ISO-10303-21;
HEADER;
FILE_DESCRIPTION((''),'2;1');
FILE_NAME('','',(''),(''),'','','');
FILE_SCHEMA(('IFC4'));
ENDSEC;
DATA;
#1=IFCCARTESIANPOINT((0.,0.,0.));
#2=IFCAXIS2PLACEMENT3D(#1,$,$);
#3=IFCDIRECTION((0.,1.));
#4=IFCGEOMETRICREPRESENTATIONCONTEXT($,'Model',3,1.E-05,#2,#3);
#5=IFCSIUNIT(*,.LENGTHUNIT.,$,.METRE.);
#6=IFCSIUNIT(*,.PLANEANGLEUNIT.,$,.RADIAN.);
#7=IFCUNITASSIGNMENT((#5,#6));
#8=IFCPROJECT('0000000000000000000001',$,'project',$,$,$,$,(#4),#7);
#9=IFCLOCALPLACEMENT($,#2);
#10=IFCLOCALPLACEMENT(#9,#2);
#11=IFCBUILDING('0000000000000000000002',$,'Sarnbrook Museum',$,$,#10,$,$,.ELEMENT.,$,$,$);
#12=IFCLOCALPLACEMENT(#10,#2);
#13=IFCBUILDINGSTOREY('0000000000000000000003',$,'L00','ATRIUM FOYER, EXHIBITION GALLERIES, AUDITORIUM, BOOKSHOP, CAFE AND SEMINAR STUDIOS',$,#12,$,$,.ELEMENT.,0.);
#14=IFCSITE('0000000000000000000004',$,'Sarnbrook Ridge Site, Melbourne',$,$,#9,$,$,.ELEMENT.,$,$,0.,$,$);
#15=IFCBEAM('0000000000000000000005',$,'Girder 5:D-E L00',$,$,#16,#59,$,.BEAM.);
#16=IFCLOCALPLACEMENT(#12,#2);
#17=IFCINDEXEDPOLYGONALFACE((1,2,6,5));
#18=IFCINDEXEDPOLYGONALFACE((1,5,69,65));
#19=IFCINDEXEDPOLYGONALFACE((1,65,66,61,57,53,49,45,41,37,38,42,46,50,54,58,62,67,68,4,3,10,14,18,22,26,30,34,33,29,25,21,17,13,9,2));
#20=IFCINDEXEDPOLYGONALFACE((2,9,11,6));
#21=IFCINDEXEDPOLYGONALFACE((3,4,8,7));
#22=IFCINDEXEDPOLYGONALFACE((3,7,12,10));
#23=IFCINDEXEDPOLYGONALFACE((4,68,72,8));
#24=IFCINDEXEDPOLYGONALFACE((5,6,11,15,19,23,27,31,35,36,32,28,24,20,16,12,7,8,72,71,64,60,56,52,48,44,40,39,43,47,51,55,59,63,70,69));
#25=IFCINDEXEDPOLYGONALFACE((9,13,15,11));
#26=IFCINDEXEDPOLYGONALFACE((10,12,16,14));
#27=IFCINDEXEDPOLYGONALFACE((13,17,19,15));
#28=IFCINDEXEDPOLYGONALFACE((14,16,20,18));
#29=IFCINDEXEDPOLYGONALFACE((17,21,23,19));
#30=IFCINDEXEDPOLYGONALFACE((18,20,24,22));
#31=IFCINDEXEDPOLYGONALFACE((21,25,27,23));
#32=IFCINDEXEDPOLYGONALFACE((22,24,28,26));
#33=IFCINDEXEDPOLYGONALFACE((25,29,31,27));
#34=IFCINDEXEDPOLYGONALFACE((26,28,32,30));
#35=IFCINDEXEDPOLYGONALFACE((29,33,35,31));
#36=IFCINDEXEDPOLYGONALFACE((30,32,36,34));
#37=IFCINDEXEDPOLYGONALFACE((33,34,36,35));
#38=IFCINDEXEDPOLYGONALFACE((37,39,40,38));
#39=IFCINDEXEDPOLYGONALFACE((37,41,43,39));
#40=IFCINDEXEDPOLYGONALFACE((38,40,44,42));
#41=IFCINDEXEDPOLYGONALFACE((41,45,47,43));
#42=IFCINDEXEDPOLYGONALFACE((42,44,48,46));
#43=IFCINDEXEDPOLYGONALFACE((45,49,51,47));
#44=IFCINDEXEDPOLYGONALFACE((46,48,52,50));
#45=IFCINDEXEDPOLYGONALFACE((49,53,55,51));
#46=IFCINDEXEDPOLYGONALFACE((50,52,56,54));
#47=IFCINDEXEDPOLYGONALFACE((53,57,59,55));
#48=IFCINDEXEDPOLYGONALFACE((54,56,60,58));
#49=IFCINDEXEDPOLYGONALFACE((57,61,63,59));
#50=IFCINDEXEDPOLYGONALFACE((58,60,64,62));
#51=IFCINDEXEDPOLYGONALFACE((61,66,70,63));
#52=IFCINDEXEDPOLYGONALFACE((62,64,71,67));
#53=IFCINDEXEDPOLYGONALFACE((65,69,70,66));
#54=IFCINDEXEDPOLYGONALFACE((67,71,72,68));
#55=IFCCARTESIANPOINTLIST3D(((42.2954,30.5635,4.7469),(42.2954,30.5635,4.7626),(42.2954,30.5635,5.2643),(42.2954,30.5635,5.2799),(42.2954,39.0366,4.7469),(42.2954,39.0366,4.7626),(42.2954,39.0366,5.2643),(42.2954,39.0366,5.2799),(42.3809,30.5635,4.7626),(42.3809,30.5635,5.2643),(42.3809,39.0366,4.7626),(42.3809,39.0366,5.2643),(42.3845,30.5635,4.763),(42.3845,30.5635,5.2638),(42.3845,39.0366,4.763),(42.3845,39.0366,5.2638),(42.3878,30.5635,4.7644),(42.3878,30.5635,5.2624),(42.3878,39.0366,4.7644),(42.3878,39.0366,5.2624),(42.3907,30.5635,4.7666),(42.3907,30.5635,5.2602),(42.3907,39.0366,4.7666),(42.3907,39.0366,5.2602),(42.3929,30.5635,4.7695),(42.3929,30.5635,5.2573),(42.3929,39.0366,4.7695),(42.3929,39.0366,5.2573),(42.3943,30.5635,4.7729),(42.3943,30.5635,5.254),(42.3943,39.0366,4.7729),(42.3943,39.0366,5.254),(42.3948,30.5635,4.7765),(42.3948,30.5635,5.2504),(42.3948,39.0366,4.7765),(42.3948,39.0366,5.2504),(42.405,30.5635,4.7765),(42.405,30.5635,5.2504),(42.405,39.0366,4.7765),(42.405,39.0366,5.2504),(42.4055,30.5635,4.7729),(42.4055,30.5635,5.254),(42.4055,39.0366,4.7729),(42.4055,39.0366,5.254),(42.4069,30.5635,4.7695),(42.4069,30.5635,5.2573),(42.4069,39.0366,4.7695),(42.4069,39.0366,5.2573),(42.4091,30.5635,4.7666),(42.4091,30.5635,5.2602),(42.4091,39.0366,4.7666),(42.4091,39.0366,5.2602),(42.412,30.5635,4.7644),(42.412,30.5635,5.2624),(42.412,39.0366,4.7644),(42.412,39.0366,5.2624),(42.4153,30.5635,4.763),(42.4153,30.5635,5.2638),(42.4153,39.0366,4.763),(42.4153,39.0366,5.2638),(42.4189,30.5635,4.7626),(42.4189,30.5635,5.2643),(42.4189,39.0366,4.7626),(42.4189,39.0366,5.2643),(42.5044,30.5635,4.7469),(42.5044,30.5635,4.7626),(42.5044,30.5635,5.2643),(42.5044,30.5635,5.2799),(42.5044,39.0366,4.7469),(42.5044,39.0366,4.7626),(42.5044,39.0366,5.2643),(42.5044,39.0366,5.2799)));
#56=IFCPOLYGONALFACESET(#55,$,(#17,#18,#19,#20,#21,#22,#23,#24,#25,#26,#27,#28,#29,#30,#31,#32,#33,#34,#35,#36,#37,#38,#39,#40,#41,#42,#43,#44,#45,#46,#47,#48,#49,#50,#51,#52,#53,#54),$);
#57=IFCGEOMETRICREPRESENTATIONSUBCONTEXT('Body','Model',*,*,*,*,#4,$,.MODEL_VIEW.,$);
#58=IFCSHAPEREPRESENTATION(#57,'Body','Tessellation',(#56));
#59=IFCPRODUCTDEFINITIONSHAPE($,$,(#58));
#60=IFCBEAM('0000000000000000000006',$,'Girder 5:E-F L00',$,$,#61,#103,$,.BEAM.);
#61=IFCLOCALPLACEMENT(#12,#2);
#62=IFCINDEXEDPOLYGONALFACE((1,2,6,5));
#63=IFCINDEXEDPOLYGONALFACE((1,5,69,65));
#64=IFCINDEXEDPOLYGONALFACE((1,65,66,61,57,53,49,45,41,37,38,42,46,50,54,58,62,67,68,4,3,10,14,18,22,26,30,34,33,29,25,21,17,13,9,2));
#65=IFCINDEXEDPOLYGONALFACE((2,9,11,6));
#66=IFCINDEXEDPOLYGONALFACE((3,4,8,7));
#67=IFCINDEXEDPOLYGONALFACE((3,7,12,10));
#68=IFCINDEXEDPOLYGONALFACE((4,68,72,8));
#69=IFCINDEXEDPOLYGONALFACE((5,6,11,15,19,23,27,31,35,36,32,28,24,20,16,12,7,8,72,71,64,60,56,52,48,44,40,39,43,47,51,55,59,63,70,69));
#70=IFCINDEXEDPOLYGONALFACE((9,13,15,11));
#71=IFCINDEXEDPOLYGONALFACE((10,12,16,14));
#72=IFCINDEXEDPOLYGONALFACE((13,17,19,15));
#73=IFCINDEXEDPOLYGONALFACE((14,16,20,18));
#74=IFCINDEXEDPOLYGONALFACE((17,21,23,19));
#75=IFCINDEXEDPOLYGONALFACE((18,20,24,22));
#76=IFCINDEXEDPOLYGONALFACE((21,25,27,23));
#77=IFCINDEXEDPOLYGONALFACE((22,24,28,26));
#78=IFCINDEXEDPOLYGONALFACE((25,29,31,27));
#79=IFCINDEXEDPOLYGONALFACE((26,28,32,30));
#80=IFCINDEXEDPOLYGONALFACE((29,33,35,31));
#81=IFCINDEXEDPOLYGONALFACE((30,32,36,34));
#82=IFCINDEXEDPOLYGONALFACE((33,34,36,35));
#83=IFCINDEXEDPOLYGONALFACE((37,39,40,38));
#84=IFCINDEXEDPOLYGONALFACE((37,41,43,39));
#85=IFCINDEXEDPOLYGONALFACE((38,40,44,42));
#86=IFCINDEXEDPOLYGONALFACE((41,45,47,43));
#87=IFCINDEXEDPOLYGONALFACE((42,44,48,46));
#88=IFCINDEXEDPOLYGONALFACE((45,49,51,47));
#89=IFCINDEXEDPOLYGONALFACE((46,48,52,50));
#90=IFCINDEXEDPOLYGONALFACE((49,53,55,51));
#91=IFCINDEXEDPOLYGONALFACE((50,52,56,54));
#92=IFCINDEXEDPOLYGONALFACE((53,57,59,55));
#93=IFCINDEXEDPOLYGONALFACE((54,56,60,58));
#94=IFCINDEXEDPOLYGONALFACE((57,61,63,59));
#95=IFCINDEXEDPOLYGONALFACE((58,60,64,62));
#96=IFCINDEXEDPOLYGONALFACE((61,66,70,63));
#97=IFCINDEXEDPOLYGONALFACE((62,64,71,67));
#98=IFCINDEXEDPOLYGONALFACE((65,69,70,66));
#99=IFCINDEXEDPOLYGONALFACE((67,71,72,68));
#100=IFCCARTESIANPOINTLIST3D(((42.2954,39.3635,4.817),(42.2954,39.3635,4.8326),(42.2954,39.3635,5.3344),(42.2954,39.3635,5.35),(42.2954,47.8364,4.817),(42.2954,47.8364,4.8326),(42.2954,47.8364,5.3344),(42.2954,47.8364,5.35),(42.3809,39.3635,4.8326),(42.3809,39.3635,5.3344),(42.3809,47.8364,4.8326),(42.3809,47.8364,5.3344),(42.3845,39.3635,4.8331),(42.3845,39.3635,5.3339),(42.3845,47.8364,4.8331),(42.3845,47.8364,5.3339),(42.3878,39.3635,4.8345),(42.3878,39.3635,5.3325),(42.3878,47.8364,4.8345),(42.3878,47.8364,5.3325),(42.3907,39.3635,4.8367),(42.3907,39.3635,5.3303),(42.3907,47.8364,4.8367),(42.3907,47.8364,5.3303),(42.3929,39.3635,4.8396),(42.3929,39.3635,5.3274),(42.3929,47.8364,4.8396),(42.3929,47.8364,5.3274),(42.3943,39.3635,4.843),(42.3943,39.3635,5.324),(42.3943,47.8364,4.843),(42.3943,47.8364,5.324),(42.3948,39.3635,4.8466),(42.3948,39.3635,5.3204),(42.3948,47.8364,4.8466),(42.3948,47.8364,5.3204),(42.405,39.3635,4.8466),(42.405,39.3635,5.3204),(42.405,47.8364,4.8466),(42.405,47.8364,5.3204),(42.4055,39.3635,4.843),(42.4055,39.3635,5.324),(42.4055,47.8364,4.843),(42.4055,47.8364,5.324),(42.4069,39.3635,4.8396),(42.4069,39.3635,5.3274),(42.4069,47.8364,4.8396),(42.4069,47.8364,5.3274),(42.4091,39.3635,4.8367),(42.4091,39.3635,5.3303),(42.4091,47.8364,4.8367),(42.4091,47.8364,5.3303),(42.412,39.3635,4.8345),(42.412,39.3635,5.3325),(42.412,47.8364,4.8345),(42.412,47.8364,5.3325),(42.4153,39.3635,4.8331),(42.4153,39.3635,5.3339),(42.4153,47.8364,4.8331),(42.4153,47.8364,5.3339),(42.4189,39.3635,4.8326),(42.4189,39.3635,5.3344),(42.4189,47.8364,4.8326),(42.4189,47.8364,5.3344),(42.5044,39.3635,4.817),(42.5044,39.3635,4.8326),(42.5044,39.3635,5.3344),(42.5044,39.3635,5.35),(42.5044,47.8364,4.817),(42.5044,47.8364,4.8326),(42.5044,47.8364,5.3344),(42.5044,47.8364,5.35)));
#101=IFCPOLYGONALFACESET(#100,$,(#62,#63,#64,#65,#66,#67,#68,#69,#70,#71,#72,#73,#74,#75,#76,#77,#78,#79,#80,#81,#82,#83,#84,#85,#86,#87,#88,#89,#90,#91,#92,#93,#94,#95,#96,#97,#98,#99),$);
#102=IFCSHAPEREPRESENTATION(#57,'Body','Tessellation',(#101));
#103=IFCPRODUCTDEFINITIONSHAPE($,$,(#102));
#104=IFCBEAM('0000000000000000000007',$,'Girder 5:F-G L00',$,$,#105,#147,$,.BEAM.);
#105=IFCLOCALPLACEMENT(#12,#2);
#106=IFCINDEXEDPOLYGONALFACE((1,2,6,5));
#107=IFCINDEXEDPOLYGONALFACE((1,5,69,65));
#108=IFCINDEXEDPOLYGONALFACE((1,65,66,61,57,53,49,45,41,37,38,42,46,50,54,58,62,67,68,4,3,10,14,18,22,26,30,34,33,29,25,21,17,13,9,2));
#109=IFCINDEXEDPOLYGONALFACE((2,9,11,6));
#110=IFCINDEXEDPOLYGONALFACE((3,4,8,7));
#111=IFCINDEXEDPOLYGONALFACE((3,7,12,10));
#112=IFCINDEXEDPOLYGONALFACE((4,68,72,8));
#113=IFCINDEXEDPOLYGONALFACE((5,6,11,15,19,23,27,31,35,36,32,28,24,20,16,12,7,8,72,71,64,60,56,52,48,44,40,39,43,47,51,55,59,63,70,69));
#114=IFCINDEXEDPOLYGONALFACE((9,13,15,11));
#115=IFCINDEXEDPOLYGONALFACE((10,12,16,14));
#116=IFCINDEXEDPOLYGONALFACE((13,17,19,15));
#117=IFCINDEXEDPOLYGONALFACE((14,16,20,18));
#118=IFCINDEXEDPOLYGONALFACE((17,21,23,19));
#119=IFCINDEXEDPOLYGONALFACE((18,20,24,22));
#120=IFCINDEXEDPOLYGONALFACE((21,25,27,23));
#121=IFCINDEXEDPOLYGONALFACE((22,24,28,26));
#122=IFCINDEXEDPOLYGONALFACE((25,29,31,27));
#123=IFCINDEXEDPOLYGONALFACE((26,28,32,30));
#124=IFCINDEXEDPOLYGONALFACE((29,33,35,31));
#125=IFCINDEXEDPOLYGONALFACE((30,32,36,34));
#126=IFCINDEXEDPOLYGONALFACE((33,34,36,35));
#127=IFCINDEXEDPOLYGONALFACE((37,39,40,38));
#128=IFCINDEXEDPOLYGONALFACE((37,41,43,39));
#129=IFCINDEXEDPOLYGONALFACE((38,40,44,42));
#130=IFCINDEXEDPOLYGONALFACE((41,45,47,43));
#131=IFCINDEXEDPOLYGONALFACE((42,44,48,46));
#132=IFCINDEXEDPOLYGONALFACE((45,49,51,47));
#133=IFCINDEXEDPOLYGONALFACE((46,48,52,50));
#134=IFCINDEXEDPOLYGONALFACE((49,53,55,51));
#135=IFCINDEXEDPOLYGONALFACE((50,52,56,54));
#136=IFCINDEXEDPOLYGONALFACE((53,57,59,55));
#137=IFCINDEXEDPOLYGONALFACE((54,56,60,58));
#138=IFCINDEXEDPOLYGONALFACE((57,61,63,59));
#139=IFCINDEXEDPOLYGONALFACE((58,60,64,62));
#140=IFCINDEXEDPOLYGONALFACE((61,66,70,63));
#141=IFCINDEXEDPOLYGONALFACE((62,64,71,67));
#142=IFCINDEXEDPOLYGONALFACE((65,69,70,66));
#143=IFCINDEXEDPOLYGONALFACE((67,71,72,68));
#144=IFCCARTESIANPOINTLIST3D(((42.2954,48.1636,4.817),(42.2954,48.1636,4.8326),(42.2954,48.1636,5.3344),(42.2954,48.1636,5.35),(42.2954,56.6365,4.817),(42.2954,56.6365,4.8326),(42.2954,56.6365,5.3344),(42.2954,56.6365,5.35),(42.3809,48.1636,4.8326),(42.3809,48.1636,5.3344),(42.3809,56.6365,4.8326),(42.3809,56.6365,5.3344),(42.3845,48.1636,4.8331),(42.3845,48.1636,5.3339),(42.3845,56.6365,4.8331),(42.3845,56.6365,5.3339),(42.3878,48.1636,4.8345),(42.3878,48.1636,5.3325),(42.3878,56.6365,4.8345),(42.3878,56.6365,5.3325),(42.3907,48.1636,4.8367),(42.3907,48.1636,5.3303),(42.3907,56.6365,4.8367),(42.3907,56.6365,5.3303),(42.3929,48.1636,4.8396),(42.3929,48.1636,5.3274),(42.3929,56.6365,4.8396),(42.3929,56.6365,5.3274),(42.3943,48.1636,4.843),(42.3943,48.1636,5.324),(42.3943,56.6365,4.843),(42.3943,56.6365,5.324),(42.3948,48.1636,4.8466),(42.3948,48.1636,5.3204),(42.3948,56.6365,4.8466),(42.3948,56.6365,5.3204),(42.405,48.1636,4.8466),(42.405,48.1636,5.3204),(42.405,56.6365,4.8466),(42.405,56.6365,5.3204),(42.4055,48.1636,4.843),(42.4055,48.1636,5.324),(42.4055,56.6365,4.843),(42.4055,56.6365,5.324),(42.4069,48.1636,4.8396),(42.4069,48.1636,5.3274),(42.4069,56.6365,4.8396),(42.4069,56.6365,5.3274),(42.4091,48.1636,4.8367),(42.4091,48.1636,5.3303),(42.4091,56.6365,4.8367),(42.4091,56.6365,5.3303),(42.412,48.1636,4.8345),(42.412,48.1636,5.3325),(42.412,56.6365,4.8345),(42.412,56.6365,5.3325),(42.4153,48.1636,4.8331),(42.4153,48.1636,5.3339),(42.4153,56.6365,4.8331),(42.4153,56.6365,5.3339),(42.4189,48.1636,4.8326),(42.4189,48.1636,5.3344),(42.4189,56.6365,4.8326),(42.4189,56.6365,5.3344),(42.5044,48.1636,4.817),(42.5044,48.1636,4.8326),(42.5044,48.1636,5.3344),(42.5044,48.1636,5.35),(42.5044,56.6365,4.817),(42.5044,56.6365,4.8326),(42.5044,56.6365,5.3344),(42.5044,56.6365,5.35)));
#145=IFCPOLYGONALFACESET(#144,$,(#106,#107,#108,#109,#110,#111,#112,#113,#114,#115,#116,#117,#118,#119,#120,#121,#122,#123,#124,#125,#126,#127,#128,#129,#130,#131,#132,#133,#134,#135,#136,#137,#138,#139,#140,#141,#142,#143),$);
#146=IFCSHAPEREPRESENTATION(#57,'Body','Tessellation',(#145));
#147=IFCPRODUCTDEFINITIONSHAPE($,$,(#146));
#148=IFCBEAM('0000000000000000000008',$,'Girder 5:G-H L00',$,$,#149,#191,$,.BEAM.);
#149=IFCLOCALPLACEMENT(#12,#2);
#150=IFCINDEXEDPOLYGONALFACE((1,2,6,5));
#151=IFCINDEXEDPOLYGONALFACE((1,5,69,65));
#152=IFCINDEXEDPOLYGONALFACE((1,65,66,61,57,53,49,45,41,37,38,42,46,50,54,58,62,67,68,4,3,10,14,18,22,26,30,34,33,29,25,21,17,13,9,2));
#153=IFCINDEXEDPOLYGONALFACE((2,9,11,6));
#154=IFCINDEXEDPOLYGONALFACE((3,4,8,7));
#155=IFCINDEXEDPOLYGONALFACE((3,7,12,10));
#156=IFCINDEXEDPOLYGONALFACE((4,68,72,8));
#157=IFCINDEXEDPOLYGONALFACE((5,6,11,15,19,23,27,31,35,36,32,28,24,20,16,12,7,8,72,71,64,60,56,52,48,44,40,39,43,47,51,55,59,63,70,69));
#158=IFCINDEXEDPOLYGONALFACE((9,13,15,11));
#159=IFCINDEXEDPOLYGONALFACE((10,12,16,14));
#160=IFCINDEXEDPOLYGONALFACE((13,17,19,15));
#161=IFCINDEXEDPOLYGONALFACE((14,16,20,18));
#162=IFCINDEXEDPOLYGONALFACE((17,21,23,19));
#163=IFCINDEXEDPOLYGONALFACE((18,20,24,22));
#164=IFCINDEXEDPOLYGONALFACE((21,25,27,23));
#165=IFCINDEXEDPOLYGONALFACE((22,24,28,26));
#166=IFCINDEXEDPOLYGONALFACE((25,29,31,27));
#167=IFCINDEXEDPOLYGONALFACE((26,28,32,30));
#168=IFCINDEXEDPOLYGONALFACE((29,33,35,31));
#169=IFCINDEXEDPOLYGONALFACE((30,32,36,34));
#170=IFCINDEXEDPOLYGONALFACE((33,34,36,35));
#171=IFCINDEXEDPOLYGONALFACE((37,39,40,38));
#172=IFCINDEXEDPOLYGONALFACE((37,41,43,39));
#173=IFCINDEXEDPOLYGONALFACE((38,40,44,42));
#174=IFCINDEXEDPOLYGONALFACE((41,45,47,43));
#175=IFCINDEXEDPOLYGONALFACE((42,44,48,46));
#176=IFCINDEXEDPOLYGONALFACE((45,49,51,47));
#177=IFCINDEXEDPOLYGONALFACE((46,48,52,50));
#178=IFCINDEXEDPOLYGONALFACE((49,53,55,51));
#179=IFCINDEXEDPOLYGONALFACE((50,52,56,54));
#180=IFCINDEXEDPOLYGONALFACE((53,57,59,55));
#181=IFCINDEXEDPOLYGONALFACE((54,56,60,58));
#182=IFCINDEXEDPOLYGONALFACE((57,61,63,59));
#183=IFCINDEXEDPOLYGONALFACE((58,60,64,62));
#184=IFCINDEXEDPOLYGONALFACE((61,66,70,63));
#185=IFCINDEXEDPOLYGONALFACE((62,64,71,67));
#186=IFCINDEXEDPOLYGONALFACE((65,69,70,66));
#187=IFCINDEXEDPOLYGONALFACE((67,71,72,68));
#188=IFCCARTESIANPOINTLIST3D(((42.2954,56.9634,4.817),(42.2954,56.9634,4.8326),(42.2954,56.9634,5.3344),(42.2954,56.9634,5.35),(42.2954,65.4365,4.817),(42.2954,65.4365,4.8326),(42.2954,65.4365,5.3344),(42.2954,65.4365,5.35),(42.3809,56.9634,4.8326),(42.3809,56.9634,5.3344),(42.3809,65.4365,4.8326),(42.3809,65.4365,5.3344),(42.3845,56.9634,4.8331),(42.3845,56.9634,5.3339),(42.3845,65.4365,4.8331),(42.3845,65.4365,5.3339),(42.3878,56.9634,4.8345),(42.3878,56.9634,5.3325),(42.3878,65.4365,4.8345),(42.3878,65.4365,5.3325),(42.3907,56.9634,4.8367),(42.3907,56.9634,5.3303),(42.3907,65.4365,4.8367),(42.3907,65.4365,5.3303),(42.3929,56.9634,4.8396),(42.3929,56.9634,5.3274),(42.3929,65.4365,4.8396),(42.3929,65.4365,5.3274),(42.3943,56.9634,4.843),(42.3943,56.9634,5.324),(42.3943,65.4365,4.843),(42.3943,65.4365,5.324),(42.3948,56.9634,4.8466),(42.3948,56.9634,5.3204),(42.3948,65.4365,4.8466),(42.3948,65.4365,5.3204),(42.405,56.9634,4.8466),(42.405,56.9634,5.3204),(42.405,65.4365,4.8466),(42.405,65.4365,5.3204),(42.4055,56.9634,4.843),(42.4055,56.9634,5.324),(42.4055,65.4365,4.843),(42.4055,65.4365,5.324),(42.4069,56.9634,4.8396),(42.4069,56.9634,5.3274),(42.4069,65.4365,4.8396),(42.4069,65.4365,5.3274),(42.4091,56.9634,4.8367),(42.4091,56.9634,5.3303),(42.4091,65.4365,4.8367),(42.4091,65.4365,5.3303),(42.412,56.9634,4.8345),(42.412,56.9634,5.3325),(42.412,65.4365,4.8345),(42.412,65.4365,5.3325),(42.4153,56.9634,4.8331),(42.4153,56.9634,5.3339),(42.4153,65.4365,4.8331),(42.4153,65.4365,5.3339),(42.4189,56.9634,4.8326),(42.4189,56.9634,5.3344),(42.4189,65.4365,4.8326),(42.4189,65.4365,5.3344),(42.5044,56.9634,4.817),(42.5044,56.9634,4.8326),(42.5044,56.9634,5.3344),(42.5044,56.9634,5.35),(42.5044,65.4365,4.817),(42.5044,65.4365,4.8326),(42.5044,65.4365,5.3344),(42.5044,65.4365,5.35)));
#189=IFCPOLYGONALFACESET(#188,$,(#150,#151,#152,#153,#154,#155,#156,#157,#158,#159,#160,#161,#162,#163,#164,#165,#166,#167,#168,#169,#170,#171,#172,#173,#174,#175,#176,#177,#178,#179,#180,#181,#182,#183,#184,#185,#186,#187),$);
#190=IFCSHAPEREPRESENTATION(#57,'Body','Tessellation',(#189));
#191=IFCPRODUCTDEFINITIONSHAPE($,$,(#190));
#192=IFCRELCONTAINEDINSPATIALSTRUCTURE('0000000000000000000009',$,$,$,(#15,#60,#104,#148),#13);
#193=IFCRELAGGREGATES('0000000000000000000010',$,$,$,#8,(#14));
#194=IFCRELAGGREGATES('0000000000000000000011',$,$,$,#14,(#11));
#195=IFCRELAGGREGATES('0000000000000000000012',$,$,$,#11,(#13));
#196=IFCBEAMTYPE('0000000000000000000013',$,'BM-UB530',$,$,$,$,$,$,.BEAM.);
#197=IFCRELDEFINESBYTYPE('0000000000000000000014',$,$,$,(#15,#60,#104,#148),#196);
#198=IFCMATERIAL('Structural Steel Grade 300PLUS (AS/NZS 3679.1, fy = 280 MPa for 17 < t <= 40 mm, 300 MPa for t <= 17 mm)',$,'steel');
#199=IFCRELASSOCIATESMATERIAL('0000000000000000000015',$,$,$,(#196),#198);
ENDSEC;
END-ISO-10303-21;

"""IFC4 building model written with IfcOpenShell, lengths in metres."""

from ifc_helpers import new_model, si_unit, direction, frame, origin, origin_2d, place, context, subcontext, project, spatial, i_section, extrude, material, material_profile, profile_set, type_object, element, save


model = new_model("IFC4")

# Units and contexts
model_context = context("Model", 3, precision=1e-05, world=origin(), true_north=direction((0.0, 1.0)))
body_context = subcontext(model_context, "Body", "Model", "MODEL_VIEW")
ifc_project = project(units=[si_unit("LENGTHUNIT", "METRE"), si_unit("PLANEANGLEUNIT", "RADIAN")], contexts=[model_context])

# Site, building, storey
site_placement = place(None, origin())
site = spatial("IfcSite", under=ifc_project, at=site_placement, Name="Sarnbrook Ridge Site, Melbourne", CompositionType="ELEMENT", RefElevation=0.0)
building_placement = place(site_placement, origin())
building = spatial("IfcBuilding", under=site, at=building_placement, Name="Sarnbrook Museum", CompositionType="ELEMENT")
storey_placement = place(building_placement, origin())
storey = spatial("IfcBuildingStorey", under=building, at=storey_placement, Name="L00", Description="ATRIUM FOYER, EXHIBITION GALLERIES, AUDITORIUM, BOOKSHOP, CAFE AND SEMINAR STUDIOS", CompositionType="ELEMENT", Elevation=0.0)

# Shared definitions
ifc_material_1 = material(Name="Structural Steel Grade 300PLUS (AS/NZS 3679.1, fy = 280 MPa for 17 < t <= 40 mm, 300 MPa for t <= 17 mm)", Category="steel")

# Beams
ifc_material_profile_1 = material_profile(ifc_material_1, i_section(OverallWidth=0.209, OverallDepth=0.533, WebThickness=0.0103, FlangeThickness=0.0156, FilletRadius=0.0139, at=origin_2d()), Name="530UB92.4")
ifc_profile_set_1 = profile_set([ifc_material_profile_1], Name="Structural Steel Grade 300PLUS (AS/NZS 3679.1, fy = 280 MPa for 17 < t <= 40 mm, 300 MPa for t <= 17 mm)")
beam_type_1 = type_object("IfcBeamType", Name="BM-UB530", PredefinedType="BEAM", material=ifc_profile_set_1)
beam_1_placement = place(storey_placement, frame((42.3999, 30.5635, 5.0134), z_axis=(0.0, 1.0, 0.0), x_axis=(-1.0, 0.0, 0.0)))
element("IfcBeam", 1, at=beam_1_placement, inside=storey, type_object=beam_type_1, Name="Girder 5:D-E L00", PredefinedType="BEAM", context=body_context, shape_type="SweptSolid", body=[
    extrude(i_section(OverallWidth=0.209, OverallDepth=0.533, WebThickness=0.0103, FlangeThickness=0.0156, FilletRadius=0.0139, at=origin_2d()), origin(), (0.0, 0.0, 1.0), 8.4731),
])
for number, where, z_axis, x_axis, name in (
    (2, (42.3999, 39.3635, 5.0835), (0.0, 1.0, 0.0), (-1.0, 0.0, 0.0), "Girder 5:E-F L00"),
    (3, (42.3999, 48.1636, 5.0835), (0.0, 1.0, 0.0), (-1.0, 0.0, 0.0), "Girder 5:F-G L00"),
):
    element("IfcBeam", number, at=place(storey_placement, frame(where, z_axis=z_axis, x_axis=x_axis)), inside=storey, type_object=beam_type_1, Name=name, PredefinedType="BEAM", context=body_context, shape_type="SweptSolid", body=[
        extrude(i_section(OverallWidth=0.209, OverallDepth=0.533, WebThickness=0.0103, FlangeThickness=0.0156, FilletRadius=0.0139, at=origin_2d()), origin(), (0.0, 0.0, 1.0), 8.4729),
    ])
beam_2_placement = place(storey_placement, frame((42.3999, 56.9634, 5.0835), z_axis=(0.0, 1.0, 0.0), x_axis=(-1.0, 0.0, 0.0)))
element("IfcBeam", 4, at=beam_2_placement, inside=storey, type_object=beam_type_1, Name="Girder 5:G-H L00", PredefinedType="BEAM", context=body_context, shape_type="SweptSolid", body=[
    extrude(i_section(OverallWidth=0.209, OverallDepth=0.533, WebThickness=0.0103, FlangeThickness=0.0156, FilletRadius=0.0139, at=origin_2d()), origin(), (0.0, 0.0, 1.0), 8.4731),
])

save(model, "model.ifc")
